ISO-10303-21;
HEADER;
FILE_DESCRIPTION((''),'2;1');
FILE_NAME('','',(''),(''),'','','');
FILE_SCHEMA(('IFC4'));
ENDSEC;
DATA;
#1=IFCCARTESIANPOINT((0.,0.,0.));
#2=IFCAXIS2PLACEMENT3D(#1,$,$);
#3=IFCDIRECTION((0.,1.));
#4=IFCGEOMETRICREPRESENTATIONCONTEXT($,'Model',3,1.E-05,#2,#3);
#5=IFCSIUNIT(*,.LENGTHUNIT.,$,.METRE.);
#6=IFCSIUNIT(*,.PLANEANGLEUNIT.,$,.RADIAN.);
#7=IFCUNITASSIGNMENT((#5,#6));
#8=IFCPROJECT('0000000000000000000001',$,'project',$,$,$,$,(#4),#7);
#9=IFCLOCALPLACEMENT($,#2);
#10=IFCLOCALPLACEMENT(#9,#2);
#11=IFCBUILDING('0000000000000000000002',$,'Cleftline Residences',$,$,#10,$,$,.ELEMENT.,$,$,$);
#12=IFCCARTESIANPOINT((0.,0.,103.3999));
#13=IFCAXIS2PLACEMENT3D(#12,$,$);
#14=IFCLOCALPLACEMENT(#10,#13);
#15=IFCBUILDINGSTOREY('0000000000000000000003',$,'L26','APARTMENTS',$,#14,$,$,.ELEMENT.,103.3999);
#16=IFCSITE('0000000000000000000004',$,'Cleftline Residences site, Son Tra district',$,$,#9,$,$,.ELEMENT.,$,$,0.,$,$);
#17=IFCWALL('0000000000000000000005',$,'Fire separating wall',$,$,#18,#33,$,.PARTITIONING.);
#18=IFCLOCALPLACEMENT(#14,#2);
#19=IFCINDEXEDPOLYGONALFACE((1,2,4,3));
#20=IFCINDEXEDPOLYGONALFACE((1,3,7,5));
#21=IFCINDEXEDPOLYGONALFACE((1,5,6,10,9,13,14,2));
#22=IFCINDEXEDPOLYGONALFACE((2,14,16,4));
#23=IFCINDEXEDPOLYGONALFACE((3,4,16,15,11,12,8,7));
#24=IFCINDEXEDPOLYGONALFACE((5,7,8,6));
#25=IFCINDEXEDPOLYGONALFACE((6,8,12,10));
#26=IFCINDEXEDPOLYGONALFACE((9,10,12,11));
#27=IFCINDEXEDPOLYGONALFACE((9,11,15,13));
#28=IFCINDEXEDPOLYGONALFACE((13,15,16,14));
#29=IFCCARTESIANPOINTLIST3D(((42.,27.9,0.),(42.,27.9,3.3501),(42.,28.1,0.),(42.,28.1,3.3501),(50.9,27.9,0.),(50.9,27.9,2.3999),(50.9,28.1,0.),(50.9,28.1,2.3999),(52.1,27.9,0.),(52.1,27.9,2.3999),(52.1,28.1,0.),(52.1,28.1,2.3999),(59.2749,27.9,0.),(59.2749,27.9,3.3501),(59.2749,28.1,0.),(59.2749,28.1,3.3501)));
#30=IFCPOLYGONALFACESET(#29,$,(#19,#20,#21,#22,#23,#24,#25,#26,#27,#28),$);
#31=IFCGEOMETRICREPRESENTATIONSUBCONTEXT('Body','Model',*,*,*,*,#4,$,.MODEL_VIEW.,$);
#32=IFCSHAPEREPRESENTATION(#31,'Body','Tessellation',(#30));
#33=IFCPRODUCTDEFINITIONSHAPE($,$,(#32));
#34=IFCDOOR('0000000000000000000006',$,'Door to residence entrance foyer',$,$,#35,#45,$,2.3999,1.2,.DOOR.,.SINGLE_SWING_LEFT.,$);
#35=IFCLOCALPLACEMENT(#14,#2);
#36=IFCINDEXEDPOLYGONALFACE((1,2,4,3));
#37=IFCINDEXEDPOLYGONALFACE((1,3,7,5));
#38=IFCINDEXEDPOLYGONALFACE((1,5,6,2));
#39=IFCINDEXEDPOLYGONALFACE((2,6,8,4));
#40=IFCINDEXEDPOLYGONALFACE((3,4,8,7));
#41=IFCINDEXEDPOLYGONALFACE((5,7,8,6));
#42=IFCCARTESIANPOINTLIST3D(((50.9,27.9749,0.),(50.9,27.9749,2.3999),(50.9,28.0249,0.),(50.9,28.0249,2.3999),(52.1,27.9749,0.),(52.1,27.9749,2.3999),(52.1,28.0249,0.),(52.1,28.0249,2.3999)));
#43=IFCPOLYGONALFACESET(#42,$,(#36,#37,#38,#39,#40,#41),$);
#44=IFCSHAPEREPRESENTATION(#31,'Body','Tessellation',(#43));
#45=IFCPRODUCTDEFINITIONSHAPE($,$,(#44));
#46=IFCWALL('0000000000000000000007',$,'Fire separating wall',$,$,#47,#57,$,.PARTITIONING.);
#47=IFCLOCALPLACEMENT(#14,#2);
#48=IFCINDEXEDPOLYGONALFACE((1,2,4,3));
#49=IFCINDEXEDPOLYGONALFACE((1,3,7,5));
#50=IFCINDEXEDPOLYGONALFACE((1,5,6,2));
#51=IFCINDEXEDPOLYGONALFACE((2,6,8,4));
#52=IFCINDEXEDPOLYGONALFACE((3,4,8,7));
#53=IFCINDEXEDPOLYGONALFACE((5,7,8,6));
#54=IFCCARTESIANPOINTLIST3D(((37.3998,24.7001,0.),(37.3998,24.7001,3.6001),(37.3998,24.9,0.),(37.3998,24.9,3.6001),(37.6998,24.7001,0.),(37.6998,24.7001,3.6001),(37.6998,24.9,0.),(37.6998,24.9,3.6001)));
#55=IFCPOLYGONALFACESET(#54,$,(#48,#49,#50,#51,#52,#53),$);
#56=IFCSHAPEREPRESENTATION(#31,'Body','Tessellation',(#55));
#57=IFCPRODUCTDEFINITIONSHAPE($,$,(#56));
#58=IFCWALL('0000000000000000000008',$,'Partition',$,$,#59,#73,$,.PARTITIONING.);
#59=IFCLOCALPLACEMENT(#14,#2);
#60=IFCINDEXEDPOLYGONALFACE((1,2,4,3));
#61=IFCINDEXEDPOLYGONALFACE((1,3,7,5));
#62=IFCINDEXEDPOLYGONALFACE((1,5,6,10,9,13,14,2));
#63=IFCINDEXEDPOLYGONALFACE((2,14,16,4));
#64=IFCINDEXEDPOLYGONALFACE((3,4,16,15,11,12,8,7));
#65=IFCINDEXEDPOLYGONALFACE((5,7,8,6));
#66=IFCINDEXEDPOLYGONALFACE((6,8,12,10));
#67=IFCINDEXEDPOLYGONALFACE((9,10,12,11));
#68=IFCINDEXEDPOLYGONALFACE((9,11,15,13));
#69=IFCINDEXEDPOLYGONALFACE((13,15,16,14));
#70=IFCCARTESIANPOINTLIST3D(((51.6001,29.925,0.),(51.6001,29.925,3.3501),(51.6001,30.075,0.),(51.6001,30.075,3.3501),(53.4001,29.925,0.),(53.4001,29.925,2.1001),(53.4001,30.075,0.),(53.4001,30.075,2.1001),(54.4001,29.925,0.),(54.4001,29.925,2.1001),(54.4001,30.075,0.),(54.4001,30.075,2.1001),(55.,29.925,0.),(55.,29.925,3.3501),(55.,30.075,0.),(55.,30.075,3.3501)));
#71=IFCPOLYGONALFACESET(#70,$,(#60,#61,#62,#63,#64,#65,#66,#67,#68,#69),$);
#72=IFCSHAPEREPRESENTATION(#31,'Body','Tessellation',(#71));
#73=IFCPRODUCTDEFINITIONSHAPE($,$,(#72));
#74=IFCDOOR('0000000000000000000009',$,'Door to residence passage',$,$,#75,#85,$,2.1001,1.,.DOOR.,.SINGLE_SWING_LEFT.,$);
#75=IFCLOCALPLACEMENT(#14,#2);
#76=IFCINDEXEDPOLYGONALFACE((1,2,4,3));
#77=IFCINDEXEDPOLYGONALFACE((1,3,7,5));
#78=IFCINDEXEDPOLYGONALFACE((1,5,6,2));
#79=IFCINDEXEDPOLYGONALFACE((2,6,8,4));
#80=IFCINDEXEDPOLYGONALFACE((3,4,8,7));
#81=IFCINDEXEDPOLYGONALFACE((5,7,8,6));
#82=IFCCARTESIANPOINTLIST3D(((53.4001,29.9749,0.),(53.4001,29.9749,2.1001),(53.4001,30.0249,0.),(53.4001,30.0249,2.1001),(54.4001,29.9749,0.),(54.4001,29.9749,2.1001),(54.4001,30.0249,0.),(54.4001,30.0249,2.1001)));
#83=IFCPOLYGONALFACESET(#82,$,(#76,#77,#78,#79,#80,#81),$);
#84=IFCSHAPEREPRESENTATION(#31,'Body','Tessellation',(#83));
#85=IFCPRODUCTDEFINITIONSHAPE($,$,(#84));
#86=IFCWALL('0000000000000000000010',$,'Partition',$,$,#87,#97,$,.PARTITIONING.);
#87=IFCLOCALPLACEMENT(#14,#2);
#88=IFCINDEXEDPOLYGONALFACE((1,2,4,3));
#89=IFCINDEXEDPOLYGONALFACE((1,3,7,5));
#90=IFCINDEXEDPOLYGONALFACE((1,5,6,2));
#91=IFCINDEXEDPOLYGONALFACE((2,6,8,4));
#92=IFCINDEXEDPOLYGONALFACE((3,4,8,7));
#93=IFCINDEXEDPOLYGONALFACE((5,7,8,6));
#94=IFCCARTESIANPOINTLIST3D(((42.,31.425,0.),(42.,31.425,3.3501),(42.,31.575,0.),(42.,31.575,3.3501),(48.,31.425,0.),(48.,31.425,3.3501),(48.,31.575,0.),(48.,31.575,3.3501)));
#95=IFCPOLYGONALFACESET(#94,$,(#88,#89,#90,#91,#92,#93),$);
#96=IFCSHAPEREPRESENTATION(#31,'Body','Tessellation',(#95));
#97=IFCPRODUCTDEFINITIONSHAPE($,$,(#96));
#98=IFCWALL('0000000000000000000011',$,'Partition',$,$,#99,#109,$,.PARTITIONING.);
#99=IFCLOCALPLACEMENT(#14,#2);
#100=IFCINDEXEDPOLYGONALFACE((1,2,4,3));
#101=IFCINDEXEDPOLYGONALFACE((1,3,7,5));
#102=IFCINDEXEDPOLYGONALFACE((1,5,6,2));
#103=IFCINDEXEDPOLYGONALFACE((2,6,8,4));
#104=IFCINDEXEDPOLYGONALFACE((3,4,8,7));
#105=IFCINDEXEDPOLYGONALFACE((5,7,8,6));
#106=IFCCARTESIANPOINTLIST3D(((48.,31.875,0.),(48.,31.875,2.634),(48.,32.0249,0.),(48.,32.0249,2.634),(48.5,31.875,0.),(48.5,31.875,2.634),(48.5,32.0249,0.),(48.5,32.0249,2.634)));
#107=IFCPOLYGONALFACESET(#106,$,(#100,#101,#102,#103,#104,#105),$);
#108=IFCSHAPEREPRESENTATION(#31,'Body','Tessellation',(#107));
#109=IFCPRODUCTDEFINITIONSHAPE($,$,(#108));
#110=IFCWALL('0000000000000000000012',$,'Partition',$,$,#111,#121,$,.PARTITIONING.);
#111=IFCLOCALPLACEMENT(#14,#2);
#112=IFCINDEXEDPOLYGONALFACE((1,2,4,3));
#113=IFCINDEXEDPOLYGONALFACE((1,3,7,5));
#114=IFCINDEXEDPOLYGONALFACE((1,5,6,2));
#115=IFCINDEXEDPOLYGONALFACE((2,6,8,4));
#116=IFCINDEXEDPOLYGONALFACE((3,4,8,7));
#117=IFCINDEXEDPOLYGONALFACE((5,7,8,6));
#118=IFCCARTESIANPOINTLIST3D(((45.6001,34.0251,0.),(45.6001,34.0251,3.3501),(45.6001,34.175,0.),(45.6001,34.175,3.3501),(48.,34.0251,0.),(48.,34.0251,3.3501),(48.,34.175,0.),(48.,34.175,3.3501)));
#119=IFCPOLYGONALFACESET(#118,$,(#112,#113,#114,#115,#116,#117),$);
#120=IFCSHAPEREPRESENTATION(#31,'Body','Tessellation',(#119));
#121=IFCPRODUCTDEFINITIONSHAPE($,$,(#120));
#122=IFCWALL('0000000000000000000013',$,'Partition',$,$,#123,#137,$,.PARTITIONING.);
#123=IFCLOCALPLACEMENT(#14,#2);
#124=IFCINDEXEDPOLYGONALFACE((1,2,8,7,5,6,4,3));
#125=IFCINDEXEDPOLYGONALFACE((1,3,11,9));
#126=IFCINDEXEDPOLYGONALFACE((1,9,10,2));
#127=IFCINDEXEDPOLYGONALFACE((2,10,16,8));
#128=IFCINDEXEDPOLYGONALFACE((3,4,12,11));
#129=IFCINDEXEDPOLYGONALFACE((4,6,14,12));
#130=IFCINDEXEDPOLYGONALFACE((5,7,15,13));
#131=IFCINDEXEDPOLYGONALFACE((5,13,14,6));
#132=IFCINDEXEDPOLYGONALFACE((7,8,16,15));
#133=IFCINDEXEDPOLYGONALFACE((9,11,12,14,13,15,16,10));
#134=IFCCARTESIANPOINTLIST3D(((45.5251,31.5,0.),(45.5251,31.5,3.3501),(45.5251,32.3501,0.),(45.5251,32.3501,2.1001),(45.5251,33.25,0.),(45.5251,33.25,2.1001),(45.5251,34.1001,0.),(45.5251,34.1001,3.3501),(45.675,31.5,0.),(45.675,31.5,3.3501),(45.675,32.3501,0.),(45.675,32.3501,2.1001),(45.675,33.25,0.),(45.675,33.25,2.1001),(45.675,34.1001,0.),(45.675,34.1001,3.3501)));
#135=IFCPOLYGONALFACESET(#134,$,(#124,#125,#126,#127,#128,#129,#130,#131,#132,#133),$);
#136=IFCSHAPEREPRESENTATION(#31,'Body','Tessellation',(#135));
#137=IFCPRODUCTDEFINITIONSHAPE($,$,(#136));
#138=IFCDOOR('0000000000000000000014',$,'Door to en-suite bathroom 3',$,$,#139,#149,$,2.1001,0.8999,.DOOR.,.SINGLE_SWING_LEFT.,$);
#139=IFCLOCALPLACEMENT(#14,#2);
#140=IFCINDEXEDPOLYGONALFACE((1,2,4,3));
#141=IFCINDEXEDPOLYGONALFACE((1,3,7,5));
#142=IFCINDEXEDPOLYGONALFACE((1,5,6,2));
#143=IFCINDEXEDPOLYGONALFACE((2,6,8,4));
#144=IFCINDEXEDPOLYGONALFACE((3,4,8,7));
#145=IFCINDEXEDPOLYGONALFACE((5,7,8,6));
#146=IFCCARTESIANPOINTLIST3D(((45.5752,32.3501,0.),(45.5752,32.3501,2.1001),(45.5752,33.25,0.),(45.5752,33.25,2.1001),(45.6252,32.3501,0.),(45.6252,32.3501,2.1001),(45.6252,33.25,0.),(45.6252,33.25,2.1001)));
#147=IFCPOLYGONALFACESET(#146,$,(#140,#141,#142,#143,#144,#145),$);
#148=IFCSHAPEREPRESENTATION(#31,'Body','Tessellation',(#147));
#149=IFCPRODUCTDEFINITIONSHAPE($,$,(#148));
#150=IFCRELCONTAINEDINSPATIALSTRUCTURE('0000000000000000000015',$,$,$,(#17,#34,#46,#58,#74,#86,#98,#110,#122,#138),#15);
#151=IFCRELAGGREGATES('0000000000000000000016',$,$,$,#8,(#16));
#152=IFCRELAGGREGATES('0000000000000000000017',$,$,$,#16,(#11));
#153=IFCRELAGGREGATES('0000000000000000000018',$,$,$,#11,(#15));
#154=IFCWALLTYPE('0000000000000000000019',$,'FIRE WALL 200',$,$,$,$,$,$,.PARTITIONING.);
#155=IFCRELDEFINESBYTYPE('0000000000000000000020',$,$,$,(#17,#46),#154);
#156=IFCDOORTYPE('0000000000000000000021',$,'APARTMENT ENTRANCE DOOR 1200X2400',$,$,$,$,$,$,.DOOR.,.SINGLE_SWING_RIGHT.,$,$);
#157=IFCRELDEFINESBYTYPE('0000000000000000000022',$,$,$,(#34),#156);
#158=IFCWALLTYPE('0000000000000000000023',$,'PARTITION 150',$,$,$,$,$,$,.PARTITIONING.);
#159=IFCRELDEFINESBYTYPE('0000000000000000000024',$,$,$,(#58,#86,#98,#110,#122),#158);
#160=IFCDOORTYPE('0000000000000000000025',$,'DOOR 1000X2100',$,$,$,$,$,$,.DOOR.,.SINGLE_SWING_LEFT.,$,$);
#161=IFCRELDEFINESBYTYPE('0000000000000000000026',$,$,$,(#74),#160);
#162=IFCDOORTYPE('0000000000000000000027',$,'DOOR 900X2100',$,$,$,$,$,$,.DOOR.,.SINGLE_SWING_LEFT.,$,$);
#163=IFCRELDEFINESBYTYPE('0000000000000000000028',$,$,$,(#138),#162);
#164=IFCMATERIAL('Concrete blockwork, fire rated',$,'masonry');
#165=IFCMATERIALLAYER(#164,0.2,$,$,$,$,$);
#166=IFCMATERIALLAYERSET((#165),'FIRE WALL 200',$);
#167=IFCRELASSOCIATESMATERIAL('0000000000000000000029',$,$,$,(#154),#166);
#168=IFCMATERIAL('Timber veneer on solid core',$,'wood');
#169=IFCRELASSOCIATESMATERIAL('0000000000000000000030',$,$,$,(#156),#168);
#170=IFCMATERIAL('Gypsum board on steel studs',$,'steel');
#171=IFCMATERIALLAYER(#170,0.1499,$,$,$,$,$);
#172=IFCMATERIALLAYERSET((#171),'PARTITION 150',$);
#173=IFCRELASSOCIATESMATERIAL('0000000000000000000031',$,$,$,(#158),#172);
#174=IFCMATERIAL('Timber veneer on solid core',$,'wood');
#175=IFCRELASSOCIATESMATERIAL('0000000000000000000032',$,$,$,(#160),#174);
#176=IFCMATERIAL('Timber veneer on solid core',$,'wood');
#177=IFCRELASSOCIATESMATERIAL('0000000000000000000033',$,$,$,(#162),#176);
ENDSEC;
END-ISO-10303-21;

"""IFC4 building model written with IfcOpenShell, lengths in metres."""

from ifc_helpers import new_model, si_unit, direction, frame, frame_2d, origin, place, context, subcontext, project, spatial, rectangle, extrude, material, layer, layer_set, type_object, element, fill, save


model = new_model("IFC4")

# Units and contexts
model_context = context("Model", 3, precision=1e-05, world=origin(), true_north=direction((0.0, 1.0)))
body_context = subcontext(model_context, "Body", "Model", "MODEL_VIEW")
ifc_project = project(units=[si_unit("LENGTHUNIT", "METRE"), si_unit("PLANEANGLEUNIT", "RADIAN")], contexts=[model_context])

# Site, building, storey
site_placement = place(None, origin())
site = spatial("IfcSite", under=ifc_project, at=site_placement, Name="Cleftline Residences site, Son Tra district", CompositionType="ELEMENT", RefElevation=0.0)
building_placement = place(site_placement, origin())
building = spatial("IfcBuilding", under=site, at=building_placement, Name="Cleftline Residences", CompositionType="ELEMENT")
storey_placement = place(building_placement, frame((0.0, 0.0, 103.3999)))
storey = spatial("IfcBuildingStorey", under=building, at=storey_placement, Name="L26", Description="APARTMENTS", CompositionType="ELEMENT", Elevation=103.3999)

# Wall, opening, door
ifc_material_1 = material(Name="Concrete blockwork, fire rated", Category="masonry")
ifc_layer_1 = layer(ifc_material_1, 0.2)
ifc_layer_set_1 = layer_set([ifc_layer_1], Name="FIRE WALL 200")
wall_type_1 = type_object("IfcWallType", Name="FIRE WALL 200", PredefinedType="PARTITIONING", material=ifc_layer_set_1)
wall_1_placement = place(storey_placement, frame((42.0, 28.0, 0.0), z_axis=(0.0, 0.0, 1.0), x_axis=(1.0, 0.0, 0.0)))
wall_1 = element("IfcWall", 1, at=wall_1_placement, inside=storey, type_object=wall_type_1, Name="Fire separating wall", PredefinedType="PARTITIONING", context=body_context, shape_type="SweptSolid", body=[
    extrude(rectangle(XDim=17.2749, YDim=0.2, at=frame_2d((8.6375, 0.0))), origin(), (0.0, 0.0, 1.0), 3.3501),
])
opening_1_placement = place(wall_1_placement, frame((8.8999, 0.0, 0.0)))
opening_1 = element("IfcOpeningElement", 2, at=opening_1_placement, cuts=wall_1, PredefinedType="OPENING", context=body_context, shape_type="SweptSolid", body=[
    extrude(rectangle(XDim=1.2, YDim=2.3999, at=frame_2d((0.6001, 1.2))), frame((0.0, 0.1099, 0.0), z_axis=(0.0, -1.0, 0.0), x_axis=(1.0, 0.0, 0.0)), (0.0, 0.0, 1.0), 0.22),
])
ifc_material_2 = material(Name="Timber veneer on solid core", Category="wood")
door_type_1 = type_object("IfcDoorType", Name="APARTMENT ENTRANCE DOOR 1200X2400", OperationType="SINGLE_SWING_RIGHT", PredefinedType="DOOR", material=ifc_material_2)
door_1_placement = place(opening_1_placement, origin())
door_1 = element("IfcDoor", 3, at=door_1_placement, inside=storey, type_object=door_type_1, Name="Door to residence entrance foyer", OperationType="SINGLE_SWING_LEFT", OverallHeight=2.3999, OverallWidth=1.2, PredefinedType="DOOR", context=body_context, shape_type="SweptSolid", body=[
    extrude(rectangle(XDim=1.2, YDim=2.3999, at=frame_2d((0.6001, 1.2))), frame((0.0, 0.0249, 0.0), z_axis=(0.0, -1.0, 0.0), x_axis=(1.0, 0.0, 0.0)), (0.0, 0.0, 1.0), 0.05),
])
fill(opening_1, door_1)

# Wall
wall_2_placement = place(storey_placement, frame((37.3999, 24.8, 0.0), z_axis=(0.0, 0.0, 1.0), x_axis=(1.0, 0.0, 0.0)))
element("IfcWall", 4, at=wall_2_placement, inside=storey, type_object=wall_type_1, Name="Fire separating wall", PredefinedType="PARTITIONING", context=body_context, shape_type="SweptSolid", body=[
    extrude(rectangle(XDim=0.3, YDim=0.2, at=frame_2d((0.1499, 0.0))), origin(), (0.0, 0.0, 1.0), 3.6001),
])

# Wall, opening, door
ifc_material_3 = material(Name="Gypsum board on steel studs", Category="steel")
ifc_layer_2 = layer(ifc_material_3, 0.1499)
ifc_layer_set_2 = layer_set([ifc_layer_2], Name="PARTITION 150")
wall_type_2 = type_object("IfcWallType", Name="PARTITION 150", PredefinedType="PARTITIONING", material=ifc_layer_set_2)
wall_3_placement = place(storey_placement, frame((51.6001, 30.0, 0.0), z_axis=(0.0, 0.0, 1.0), x_axis=(1.0, 0.0, 0.0)))
wall_3 = element("IfcWall", 5, at=wall_3_placement, inside=storey, type_object=wall_type_2, Name="Partition", PredefinedType="PARTITIONING", context=body_context, shape_type="SweptSolid", body=[
    extrude(rectangle(XDim=3.3999, YDim=0.1499, at=frame_2d((1.7, 0.0))), origin(), (0.0, 0.0, 1.0), 3.3501),
])
opening_2_placement = place(wall_3_placement, frame((1.8, 0.0, 0.0)))
opening_2 = element("IfcOpeningElement", 6, at=opening_2_placement, cuts=wall_3, PredefinedType="OPENING", context=body_context, shape_type="SweptSolid", body=[
    extrude(rectangle(XDim=1.0, YDim=2.1001, at=frame_2d((0.5, 1.05))), frame((0.0, 0.085, 0.0), z_axis=(0.0, -1.0, 0.0), x_axis=(1.0, 0.0, 0.0)), (0.0, 0.0, 1.0), 0.1699),
])
ifc_material_4 = material(Name="Timber veneer on solid core", Category="wood")
door_type_2 = type_object("IfcDoorType", Name="DOOR 1000X2100", OperationType="SINGLE_SWING_LEFT", PredefinedType="DOOR", material=ifc_material_4)
door_2_placement = place(opening_2_placement, origin())
door_2 = element("IfcDoor", 7, at=door_2_placement, inside=storey, type_object=door_type_2, Name="Door to residence passage", OperationType="SINGLE_SWING_LEFT", OverallHeight=2.1001, OverallWidth=1.0, PredefinedType="DOOR", context=body_context, shape_type="SweptSolid", body=[
    extrude(rectangle(XDim=1.0, YDim=2.1001, at=frame_2d((0.5, 1.05))), frame((0.0, 0.0249, 0.0), z_axis=(0.0, -1.0, 0.0), x_axis=(1.0, 0.0, 0.0)), (0.0, 0.0, 1.0), 0.05),
])
fill(opening_2, door_2)

# Walls
wall_4_placement = place(storey_placement, frame((42.0, 31.5, 0.0), z_axis=(0.0, 0.0, 1.0), x_axis=(1.0, 0.0, 0.0)))
element("IfcWall", 8, at=wall_4_placement, inside=storey, type_object=wall_type_2, Name="Partition", PredefinedType="PARTITIONING", context=body_context, shape_type="SweptSolid", body=[
    extrude(rectangle(XDim=6.0, YDim=0.1499, at=frame_2d((3.0, 0.0))), origin(), (0.0, 0.0, 1.0), 3.3501),
])
wall_5_placement = place(storey_placement, frame((48.0, 31.95, 0.0), z_axis=(0.0, 0.0, 1.0), x_axis=(1.0, 0.0, 0.0)))
element("IfcWall", 9, at=wall_5_placement, inside=storey, type_object=wall_type_2, Name="Partition", PredefinedType="PARTITIONING", context=body_context, shape_type="SweptSolid", body=[
    extrude(rectangle(XDim=0.5, YDim=0.1499, at=frame_2d((0.25, 0.0))), origin(), (0.0, 0.0, 1.0), 2.634),
])
wall_6_placement = place(storey_placement, frame((45.6001, 34.1001, 0.0), z_axis=(0.0, 0.0, 1.0), x_axis=(1.0, 0.0, 0.0)))
element("IfcWall", 10, at=wall_6_placement, inside=storey, type_object=wall_type_2, Name="Partition", PredefinedType="PARTITIONING", context=body_context, shape_type="SweptSolid", body=[
    extrude(rectangle(XDim=2.3999, YDim=0.1499, at=frame_2d((1.2, 0.0))), origin(), (0.0, 0.0, 1.0), 3.3501),
])

# Wall, opening, door
wall_7_placement = place(storey_placement, frame((45.6001, 31.5, 0.0), z_axis=(0.0, 0.0, 1.0), x_axis=(0.0, 1.0, 0.0)))
wall_7 = element("IfcWall", 11, at=wall_7_placement, inside=storey, type_object=wall_type_2, Name="Partition", PredefinedType="PARTITIONING", context=body_context, shape_type="SweptSolid", body=[
    extrude(rectangle(XDim=2.6001, YDim=0.1499, at=frame_2d((1.3, 0.0))), origin(), (0.0, 0.0, 1.0), 3.3501),
])
opening_3_placement = place(wall_7_placement, frame((0.8501, 0.0, 0.0)))
opening_3 = element("IfcOpeningElement", 12, at=opening_3_placement, cuts=wall_7, PredefinedType="OPENING", context=body_context, shape_type="SweptSolid", body=[
    extrude(rectangle(XDim=0.8999, YDim=2.1001, at=frame_2d((0.45, 1.05))), frame((0.0, 0.085, 0.0), z_axis=(0.0, -1.0, 0.0), x_axis=(1.0, 0.0, 0.0)), (0.0, 0.0, 1.0), 0.1699),
])
ifc_material_5 = material(Name="Timber veneer on solid core", Category="wood")
door_type_3 = type_object("IfcDoorType", Name="DOOR 900X2100", OperationType="SINGLE_SWING_LEFT", PredefinedType="DOOR", material=ifc_material_5)
door_3_placement = place(opening_3_placement, origin())
door_3 = element("IfcDoor", 13, at=door_3_placement, inside=storey, type_object=door_type_3, Name="Door to en-suite bathroom 3", OperationType="SINGLE_SWING_LEFT", OverallHeight=2.1001, OverallWidth=0.8999, PredefinedType="DOOR", context=body_context, shape_type="SweptSolid", body=[
    extrude(rectangle(XDim=0.8999, YDim=2.1001, at=frame_2d((0.45, 1.05))), frame((0.0, 0.0249, 0.0), z_axis=(0.0, -1.0, 0.0), x_axis=(1.0, 0.0, 0.0)), (0.0, 0.0, 1.0), 0.05),
])
fill(opening_3, door_3)

save(model, "model.ifc")
